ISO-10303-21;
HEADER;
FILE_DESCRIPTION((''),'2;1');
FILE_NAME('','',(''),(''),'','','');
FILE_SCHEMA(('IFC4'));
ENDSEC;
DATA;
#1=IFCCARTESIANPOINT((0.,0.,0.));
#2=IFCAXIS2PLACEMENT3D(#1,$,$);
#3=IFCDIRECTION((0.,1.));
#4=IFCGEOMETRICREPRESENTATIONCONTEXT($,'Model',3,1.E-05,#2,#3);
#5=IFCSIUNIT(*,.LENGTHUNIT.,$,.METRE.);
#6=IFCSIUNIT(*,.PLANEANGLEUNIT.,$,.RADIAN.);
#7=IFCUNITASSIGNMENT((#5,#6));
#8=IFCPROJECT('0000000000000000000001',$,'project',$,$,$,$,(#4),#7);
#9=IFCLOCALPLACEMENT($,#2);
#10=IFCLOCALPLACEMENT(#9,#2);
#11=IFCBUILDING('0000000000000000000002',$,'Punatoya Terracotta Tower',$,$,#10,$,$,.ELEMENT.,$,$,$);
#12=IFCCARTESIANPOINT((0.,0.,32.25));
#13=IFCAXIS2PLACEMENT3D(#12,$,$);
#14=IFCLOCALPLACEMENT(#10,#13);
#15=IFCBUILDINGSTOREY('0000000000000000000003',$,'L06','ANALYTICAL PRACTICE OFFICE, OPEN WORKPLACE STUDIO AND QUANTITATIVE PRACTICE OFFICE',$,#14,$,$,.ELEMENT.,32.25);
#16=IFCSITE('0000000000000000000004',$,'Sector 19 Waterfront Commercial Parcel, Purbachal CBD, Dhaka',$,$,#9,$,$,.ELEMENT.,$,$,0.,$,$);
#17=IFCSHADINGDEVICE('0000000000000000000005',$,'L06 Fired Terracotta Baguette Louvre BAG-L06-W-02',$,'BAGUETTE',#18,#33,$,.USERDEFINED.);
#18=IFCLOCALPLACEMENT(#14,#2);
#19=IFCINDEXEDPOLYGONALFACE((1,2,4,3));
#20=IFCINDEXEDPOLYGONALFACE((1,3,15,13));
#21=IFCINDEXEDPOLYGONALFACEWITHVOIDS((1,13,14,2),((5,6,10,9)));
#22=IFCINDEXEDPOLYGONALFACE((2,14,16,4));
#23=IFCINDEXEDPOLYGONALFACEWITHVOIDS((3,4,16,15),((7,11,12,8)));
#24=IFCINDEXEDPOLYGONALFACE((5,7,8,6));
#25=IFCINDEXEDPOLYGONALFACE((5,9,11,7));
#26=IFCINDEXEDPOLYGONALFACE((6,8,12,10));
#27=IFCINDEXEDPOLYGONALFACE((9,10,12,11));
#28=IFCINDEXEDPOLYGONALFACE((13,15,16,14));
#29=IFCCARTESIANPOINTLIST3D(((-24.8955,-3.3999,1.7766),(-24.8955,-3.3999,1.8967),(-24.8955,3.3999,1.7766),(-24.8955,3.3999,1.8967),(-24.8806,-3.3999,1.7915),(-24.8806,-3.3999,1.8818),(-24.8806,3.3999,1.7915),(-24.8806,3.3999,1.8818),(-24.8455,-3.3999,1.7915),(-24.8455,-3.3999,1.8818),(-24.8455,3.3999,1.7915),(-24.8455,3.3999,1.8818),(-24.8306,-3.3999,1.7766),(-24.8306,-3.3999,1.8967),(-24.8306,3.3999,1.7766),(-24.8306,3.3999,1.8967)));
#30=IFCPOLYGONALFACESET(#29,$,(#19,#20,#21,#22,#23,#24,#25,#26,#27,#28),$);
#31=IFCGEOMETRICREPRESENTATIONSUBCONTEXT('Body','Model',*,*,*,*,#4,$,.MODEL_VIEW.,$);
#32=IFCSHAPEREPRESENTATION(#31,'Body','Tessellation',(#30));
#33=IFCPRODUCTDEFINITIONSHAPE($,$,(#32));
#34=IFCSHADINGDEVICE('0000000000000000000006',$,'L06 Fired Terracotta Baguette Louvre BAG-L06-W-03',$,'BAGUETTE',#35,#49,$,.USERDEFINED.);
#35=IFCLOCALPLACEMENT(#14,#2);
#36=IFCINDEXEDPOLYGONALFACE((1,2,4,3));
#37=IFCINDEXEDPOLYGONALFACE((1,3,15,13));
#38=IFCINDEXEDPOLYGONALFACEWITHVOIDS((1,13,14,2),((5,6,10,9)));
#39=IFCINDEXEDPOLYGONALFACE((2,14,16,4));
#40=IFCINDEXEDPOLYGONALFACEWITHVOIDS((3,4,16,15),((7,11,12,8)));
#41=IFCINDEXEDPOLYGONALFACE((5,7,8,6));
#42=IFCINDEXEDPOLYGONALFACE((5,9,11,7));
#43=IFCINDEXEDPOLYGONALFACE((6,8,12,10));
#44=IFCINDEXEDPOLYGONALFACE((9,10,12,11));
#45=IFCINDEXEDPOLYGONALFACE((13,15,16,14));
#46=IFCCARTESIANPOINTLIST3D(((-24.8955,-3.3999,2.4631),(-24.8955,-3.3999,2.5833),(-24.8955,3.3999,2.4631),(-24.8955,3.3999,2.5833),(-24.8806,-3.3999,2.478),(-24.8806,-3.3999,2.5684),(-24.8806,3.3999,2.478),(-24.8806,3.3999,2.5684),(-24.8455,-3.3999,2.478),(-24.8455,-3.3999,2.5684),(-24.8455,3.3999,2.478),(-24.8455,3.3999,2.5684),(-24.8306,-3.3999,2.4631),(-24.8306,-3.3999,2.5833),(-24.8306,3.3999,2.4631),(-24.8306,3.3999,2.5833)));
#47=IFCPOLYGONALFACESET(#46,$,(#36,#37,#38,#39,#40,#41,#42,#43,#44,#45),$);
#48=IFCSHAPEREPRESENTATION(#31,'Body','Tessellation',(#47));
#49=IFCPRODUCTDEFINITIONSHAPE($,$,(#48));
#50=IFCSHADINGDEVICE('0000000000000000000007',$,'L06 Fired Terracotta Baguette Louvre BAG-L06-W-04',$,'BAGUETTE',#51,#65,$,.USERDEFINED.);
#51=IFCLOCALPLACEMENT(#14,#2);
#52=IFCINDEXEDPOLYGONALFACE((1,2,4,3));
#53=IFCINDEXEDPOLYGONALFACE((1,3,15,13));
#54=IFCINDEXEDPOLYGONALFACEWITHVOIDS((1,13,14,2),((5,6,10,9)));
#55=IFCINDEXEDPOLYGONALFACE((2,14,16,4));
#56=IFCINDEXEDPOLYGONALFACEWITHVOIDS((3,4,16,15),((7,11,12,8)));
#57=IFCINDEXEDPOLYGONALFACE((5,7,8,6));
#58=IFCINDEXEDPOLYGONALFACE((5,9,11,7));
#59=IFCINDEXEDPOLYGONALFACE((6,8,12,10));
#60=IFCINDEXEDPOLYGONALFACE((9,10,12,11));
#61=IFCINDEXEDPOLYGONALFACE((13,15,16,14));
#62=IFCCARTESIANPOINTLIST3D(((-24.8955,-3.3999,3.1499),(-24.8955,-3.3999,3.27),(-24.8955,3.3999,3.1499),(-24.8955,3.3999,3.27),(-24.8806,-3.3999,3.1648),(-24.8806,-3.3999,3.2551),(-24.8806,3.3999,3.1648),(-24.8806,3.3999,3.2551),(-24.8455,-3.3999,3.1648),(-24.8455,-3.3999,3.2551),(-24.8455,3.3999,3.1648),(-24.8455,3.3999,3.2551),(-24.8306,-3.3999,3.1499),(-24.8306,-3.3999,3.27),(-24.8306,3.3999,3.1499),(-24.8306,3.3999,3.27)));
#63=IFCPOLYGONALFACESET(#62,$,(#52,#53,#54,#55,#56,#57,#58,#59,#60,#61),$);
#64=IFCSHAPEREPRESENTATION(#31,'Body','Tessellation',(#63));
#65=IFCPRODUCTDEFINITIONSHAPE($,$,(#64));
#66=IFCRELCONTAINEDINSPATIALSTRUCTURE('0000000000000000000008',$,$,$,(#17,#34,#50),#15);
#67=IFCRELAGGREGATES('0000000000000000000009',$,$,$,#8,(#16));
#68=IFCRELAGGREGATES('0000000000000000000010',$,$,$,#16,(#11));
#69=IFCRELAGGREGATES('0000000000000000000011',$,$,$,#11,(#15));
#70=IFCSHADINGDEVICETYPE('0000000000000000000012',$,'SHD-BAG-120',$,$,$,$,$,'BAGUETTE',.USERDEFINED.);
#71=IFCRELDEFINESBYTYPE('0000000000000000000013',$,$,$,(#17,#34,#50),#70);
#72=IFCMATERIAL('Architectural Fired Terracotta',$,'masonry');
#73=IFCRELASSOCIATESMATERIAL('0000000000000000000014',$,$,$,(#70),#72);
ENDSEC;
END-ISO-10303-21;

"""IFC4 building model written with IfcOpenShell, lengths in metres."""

from ifc_helpers import new_model, si_unit, direction, frame, origin, origin_2d, place, context, subcontext, project, spatial, hollow_rectangle, extrude, material, material_profile, profile_set, type_object, element, save


model = new_model("IFC4")

# Units and contexts
model_context = context("Model", 3, precision=1e-05, world=origin(), true_north=direction((0.0, 1.0)))
body_context = subcontext(model_context, "Body", "Model", "MODEL_VIEW")
ifc_project = project(units=[si_unit("LENGTHUNIT", "METRE"), si_unit("PLANEANGLEUNIT", "RADIAN")], contexts=[model_context])

# Site, building, storey
site_placement = place(None, origin())
site = spatial("IfcSite", under=ifc_project, at=site_placement, Name="Sector 19 Waterfront Commercial Parcel, Purbachal CBD, Dhaka", CompositionType="ELEMENT", RefElevation=0.0)
building_placement = place(site_placement, origin())
building = spatial("IfcBuilding", under=site, at=building_placement, Name="Punatoya Terracotta Tower", CompositionType="ELEMENT")
storey_placement = place(building_placement, frame((0.0, 0.0, 32.25)))
storey = spatial("IfcBuildingStorey", under=building, at=storey_placement, Name="L06", Description="ANALYTICAL PRACTICE OFFICE, OPEN WORKPLACE STUDIO AND QUANTITATIVE PRACTICE OFFICE", CompositionType="ELEMENT", Elevation=32.25)

# Shading devices
ifc_material_1 = material(Name="Architectural Fired Terracotta", Category="masonry")
ifc_material_profile_1 = material_profile(ifc_material_1, hollow_rectangle(XDim=0.0649, YDim=0.1201, WallThickness=0.0149, at=origin_2d()))
ifc_profile_set_1 = profile_set([ifc_material_profile_1], Name="Architectural Fired Terracotta")
shading_device_type = type_object("IfcShadingDeviceType", Name="SHD-BAG-120", ElementType="BAGUETTE", PredefinedType="USERDEFINED", material=ifc_profile_set_1)
for number, where, z_axis, x_axis, name in (
    (1, (-24.863, -3.3999, 1.8367), (0.0, 1.0, 0.0), (-1.0, 0.0, 0.0), "L06 Fired Terracotta Baguette Louvre BAG-L06-W-02"),
    (2, (-24.863, -3.3999, 2.5232), (0.0, 1.0, 0.0), (-1.0, 0.0, 0.0), "L06 Fired Terracotta Baguette Louvre BAG-L06-W-03"),
    (3, (-24.863, -3.3999, 3.21), (0.0, 1.0, 0.0), (-1.0, 0.0, 0.0), "L06 Fired Terracotta Baguette Louvre BAG-L06-W-04"),
):
    element("IfcShadingDevice", number, at=place(storey_placement, frame(where, z_axis=z_axis, x_axis=x_axis)), inside=storey, type_object=shading_device_type, Name=name, ObjectType="BAGUETTE", PredefinedType="USERDEFINED", context=body_context, shape_type="SweptSolid", body=[
        extrude(hollow_rectangle(XDim=0.0649, YDim=0.1201, WallThickness=0.0149, at=origin_2d()), origin(), (0.0, 0.0, 1.0), 6.7998),
    ])

save(model, "model.ifc")
